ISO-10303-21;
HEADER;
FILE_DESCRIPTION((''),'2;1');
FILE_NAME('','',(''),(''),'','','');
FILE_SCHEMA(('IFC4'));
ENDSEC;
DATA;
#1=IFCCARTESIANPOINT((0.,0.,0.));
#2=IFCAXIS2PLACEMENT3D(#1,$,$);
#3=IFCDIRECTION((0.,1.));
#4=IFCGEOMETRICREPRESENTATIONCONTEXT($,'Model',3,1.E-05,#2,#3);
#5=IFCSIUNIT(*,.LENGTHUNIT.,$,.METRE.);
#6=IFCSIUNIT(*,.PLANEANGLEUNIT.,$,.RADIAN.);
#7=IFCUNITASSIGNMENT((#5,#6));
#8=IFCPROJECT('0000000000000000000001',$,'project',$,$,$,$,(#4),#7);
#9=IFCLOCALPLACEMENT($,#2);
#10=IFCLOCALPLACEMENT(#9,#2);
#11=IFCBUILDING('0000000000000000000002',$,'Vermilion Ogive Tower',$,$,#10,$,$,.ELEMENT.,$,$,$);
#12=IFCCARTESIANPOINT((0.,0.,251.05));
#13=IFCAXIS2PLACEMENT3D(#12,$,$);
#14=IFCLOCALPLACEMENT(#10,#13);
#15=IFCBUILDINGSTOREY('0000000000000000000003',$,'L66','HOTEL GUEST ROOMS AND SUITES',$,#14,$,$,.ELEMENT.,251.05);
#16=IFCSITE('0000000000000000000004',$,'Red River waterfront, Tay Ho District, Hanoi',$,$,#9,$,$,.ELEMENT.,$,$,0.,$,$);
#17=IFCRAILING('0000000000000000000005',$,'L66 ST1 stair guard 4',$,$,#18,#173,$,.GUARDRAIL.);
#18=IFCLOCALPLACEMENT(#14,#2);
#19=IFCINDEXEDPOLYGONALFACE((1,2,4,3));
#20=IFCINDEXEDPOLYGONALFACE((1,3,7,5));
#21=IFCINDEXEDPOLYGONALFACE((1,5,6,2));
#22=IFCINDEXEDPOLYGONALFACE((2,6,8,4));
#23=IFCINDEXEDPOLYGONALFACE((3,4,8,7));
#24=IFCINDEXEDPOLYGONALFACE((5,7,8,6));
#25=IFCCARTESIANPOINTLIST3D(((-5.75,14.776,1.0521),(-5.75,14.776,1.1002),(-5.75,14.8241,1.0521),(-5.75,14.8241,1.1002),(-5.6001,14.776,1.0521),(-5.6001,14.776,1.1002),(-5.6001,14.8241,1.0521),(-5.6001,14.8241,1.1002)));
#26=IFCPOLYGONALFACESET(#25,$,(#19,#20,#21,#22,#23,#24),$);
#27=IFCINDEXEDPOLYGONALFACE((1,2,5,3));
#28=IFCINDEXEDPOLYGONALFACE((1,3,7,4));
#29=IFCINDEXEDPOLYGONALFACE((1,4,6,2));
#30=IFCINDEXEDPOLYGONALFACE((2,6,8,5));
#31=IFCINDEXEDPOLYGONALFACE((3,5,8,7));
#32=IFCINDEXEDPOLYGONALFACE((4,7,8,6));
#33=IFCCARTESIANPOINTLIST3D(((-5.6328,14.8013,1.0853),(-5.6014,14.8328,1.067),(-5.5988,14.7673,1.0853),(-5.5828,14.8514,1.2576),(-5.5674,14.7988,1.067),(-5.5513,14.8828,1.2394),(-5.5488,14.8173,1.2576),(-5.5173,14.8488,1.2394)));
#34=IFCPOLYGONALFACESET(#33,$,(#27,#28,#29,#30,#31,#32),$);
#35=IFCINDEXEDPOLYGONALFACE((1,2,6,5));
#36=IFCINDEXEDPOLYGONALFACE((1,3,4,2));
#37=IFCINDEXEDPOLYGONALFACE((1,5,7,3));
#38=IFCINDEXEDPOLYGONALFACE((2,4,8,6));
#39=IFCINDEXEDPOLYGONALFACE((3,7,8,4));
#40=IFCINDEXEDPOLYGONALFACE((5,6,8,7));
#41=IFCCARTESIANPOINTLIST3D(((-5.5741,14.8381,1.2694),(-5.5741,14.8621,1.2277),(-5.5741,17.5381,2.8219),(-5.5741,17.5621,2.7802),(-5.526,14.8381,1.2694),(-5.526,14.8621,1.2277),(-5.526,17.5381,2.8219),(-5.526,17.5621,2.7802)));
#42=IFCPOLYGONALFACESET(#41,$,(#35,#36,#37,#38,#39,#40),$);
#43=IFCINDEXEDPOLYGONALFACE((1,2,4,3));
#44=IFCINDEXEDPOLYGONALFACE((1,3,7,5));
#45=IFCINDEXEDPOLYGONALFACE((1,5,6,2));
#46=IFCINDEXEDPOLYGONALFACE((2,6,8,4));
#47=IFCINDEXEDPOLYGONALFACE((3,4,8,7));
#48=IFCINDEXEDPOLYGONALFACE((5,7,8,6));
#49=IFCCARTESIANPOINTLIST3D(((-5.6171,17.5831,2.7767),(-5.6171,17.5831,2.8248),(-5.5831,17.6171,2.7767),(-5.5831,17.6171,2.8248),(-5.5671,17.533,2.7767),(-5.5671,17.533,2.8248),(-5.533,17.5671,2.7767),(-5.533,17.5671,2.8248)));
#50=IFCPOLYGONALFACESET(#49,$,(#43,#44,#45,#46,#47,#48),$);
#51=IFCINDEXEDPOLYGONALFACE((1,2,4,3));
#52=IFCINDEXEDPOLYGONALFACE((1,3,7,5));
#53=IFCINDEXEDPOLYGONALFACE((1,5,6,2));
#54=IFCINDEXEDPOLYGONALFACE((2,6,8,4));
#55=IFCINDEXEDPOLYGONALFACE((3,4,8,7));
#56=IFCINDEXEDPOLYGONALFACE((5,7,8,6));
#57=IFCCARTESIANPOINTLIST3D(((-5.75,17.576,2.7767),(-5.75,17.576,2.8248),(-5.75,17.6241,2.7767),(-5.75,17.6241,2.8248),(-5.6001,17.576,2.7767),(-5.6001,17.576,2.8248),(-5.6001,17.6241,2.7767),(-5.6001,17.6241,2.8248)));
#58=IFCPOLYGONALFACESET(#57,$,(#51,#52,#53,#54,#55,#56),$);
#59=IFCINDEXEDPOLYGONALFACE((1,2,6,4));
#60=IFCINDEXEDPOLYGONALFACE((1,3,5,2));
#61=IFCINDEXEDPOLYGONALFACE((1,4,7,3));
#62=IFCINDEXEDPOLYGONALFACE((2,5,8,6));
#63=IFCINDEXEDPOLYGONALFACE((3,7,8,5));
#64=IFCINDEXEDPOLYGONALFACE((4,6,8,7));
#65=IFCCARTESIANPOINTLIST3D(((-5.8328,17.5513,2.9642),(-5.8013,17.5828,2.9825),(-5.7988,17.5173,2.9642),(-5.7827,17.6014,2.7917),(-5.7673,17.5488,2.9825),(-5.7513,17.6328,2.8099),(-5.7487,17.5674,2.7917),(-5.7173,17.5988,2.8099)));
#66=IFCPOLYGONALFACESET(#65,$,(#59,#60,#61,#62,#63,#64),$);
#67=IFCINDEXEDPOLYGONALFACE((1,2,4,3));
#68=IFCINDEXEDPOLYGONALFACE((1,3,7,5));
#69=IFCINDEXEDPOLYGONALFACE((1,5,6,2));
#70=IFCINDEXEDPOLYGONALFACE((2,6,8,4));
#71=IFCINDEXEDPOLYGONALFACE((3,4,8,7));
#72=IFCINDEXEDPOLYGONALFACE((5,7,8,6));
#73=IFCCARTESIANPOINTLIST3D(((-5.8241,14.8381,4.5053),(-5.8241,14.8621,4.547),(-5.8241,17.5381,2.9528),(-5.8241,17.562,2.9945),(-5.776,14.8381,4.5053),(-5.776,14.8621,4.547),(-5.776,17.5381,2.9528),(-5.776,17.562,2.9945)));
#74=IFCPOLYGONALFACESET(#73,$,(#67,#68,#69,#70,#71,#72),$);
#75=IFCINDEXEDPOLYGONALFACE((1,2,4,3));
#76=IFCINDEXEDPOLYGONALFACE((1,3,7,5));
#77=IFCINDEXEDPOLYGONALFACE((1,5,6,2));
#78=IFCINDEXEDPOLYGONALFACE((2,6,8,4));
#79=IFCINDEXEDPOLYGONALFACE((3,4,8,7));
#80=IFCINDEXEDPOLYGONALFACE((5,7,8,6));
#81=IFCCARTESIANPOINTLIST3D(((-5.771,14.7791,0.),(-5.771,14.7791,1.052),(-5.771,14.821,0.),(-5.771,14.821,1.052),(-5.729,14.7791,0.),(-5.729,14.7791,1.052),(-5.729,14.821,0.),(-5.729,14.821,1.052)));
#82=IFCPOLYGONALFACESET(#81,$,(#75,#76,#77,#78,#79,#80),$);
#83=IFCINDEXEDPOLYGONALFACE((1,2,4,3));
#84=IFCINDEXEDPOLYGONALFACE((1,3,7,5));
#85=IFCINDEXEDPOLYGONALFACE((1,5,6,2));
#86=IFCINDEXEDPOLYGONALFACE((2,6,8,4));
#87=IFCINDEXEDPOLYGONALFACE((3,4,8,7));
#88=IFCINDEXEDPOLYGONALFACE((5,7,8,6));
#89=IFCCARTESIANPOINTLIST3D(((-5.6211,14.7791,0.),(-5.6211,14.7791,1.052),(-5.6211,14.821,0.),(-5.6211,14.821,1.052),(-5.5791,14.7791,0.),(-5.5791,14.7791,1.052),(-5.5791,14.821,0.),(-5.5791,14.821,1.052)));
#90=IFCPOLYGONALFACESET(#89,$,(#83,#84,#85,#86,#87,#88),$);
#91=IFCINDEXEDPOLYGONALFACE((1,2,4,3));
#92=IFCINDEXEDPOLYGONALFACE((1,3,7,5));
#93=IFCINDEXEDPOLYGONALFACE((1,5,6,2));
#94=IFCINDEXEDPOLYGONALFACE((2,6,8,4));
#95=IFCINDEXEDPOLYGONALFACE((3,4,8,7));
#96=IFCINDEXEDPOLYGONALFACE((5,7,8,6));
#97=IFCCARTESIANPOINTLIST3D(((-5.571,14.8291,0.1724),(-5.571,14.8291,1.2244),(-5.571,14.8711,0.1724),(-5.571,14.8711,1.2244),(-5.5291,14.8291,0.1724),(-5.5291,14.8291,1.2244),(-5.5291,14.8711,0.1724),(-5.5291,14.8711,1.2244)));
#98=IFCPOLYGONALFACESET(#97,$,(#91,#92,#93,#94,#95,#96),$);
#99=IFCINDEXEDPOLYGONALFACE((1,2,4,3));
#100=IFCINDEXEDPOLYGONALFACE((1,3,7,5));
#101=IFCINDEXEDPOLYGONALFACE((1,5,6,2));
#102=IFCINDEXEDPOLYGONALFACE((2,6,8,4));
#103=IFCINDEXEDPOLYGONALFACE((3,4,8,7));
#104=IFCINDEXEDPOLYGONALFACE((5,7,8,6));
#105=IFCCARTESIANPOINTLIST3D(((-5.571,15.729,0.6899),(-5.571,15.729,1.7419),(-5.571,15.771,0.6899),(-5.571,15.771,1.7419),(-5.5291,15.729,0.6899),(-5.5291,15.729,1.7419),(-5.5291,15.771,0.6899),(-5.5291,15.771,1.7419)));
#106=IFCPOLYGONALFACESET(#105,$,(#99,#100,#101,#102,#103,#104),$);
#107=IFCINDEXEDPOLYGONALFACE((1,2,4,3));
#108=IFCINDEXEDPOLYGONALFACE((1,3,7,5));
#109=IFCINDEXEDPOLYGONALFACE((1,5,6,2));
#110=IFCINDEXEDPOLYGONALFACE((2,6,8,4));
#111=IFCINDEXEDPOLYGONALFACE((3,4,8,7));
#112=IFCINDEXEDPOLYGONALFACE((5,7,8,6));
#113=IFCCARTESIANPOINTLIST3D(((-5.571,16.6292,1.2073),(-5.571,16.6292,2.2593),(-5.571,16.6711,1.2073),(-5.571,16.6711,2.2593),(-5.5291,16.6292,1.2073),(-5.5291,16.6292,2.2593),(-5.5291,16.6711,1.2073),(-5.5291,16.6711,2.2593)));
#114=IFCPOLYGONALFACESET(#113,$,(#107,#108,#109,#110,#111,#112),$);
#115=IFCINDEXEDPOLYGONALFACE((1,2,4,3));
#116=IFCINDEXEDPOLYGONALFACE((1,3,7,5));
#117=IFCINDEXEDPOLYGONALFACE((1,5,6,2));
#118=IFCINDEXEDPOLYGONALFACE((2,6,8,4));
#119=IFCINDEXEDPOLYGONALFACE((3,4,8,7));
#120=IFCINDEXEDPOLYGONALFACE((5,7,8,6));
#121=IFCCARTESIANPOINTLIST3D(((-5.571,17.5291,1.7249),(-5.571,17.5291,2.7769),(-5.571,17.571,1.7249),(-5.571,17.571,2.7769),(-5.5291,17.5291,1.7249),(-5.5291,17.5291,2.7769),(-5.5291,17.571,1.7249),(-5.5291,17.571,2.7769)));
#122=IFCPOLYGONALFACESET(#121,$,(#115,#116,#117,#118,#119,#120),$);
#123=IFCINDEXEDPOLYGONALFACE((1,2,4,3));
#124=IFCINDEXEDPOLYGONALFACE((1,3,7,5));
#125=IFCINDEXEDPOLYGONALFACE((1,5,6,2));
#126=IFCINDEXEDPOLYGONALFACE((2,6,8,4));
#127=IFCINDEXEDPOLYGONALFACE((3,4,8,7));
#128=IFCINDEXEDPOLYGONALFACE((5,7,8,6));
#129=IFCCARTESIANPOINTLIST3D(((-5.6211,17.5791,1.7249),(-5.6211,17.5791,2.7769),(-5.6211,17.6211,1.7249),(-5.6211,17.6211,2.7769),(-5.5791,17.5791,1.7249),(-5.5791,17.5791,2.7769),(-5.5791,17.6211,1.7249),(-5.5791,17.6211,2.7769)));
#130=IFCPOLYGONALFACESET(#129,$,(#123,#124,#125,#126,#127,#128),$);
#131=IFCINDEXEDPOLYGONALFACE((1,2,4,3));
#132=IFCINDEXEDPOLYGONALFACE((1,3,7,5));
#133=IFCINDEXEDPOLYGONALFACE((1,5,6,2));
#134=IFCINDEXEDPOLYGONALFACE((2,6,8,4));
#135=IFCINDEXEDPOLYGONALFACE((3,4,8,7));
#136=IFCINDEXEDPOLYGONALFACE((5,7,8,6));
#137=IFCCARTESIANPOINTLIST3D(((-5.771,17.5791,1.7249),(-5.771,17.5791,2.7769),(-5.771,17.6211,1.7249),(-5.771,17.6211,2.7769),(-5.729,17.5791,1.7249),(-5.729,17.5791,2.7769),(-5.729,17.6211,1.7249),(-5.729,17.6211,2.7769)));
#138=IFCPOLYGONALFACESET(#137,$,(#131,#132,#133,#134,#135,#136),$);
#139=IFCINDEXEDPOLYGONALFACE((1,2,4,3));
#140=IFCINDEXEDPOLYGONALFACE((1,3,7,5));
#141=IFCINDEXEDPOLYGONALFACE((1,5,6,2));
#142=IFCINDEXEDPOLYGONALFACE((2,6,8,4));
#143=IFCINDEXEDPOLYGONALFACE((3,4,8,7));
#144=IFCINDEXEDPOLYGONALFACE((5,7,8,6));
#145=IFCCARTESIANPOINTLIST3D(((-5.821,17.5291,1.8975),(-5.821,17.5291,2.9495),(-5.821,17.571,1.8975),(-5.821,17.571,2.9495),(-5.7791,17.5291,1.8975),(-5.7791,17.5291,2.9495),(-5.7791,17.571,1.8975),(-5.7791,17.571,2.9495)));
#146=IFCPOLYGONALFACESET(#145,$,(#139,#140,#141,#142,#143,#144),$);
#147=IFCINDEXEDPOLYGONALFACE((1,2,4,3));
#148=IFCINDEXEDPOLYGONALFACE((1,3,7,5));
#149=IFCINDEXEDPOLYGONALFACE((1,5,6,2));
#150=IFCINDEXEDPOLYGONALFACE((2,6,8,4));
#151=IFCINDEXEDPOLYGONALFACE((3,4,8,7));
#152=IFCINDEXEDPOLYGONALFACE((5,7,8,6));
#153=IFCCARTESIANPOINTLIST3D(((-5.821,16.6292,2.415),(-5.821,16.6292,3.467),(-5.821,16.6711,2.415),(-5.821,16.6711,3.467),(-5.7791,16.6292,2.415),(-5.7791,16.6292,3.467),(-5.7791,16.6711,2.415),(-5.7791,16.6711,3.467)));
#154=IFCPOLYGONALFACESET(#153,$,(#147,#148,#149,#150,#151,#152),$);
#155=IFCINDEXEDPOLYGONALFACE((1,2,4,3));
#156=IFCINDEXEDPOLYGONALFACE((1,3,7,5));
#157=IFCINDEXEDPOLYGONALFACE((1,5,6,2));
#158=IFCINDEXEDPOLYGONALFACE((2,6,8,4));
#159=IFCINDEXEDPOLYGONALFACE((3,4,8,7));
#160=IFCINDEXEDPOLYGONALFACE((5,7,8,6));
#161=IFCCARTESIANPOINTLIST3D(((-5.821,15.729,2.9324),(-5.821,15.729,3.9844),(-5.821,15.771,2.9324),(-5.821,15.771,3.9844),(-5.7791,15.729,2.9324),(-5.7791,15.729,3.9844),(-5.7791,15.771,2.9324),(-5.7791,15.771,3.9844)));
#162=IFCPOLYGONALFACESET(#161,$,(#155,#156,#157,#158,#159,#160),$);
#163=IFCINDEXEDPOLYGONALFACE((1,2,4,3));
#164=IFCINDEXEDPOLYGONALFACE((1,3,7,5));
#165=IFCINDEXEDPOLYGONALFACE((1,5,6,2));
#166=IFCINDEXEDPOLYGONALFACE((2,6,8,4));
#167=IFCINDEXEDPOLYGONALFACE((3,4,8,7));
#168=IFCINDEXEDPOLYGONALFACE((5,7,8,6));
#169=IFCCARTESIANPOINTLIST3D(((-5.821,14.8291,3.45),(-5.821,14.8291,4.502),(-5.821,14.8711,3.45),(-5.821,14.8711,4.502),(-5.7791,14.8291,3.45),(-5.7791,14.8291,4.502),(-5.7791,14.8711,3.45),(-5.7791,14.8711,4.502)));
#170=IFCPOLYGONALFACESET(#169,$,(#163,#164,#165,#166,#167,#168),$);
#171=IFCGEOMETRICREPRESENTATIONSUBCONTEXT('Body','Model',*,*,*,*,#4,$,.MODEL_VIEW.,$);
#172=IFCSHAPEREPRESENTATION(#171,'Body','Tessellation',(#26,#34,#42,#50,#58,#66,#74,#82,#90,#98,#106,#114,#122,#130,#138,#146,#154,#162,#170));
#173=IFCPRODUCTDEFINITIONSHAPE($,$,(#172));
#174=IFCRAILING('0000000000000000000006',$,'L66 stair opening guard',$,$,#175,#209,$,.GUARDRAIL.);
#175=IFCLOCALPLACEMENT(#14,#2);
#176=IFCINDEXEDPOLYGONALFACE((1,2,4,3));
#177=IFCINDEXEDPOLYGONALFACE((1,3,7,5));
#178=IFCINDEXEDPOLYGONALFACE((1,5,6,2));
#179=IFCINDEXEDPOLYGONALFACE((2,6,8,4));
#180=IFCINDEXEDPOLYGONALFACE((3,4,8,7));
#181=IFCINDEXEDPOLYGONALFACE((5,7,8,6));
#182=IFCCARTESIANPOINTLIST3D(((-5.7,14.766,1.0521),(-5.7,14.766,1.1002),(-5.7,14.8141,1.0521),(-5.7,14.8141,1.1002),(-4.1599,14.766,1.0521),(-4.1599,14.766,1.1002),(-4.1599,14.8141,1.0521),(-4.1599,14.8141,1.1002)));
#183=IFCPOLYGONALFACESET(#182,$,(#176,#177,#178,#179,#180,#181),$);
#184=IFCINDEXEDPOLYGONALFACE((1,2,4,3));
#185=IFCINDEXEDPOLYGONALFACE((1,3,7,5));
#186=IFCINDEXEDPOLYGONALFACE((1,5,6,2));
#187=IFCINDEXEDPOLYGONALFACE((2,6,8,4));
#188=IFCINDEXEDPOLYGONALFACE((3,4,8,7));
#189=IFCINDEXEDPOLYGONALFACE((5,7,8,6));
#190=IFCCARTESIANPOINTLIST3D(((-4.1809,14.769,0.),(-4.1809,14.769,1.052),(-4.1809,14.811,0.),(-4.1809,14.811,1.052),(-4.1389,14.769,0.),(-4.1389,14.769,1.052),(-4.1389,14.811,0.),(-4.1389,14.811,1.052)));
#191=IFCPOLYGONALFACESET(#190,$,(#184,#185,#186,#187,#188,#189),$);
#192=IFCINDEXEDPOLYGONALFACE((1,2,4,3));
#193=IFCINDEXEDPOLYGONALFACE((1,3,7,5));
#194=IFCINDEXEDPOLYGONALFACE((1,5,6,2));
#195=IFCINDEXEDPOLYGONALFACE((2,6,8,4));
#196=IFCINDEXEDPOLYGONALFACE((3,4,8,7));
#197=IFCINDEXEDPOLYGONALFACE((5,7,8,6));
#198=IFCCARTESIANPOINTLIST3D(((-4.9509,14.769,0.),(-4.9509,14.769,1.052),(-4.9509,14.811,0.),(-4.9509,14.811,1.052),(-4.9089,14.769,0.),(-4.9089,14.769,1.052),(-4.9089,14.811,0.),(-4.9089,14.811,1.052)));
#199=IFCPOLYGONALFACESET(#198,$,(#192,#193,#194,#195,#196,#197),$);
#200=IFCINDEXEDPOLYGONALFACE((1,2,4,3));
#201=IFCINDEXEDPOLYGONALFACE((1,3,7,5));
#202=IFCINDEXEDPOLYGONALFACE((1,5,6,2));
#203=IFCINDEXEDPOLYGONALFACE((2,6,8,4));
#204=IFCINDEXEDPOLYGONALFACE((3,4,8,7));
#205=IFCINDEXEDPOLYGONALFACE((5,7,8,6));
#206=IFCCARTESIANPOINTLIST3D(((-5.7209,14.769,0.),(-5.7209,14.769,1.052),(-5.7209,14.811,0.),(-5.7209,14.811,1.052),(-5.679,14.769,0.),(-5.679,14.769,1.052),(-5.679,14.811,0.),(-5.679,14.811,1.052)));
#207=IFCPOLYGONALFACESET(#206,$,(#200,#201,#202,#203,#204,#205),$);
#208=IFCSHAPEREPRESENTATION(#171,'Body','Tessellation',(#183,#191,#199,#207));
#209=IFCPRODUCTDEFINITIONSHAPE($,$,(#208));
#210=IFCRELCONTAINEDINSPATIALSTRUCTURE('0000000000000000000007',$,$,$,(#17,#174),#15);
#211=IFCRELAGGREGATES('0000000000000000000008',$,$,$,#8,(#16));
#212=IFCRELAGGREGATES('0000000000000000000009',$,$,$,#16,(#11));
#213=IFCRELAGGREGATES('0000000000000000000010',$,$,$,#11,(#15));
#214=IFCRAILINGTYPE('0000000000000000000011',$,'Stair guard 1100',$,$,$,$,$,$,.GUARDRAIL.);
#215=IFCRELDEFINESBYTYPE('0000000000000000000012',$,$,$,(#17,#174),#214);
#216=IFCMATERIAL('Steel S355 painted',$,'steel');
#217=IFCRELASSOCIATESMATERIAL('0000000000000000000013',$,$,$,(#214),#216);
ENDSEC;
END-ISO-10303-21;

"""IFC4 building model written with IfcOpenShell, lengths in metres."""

from ifc_helpers import new_model, si_unit, direction, frame, origin, origin_2d, place, context, subcontext, project, spatial, rectangle, extrude, material, type_object, element, save


model = new_model("IFC4")

# Units and contexts
model_context = context("Model", 3, precision=1e-05, world=origin(), true_north=direction((0.0, 1.0)))
body_context = subcontext(model_context, "Body", "Model", "MODEL_VIEW")
ifc_project = project(units=[si_unit("LENGTHUNIT", "METRE"), si_unit("PLANEANGLEUNIT", "RADIAN")], contexts=[model_context])

# Site, building, storey
site_placement = place(None, origin())
site = spatial("IfcSite", under=ifc_project, at=site_placement, Name="Red River waterfront, Tay Ho District, Hanoi", CompositionType="ELEMENT", RefElevation=0.0)
building_placement = place(site_placement, origin())
building = spatial("IfcBuilding", under=site, at=building_placement, Name="Vermilion Ogive Tower", CompositionType="ELEMENT")
storey_placement = place(building_placement, frame((0.0, 0.0, 251.05)))
storey = spatial("IfcBuildingStorey", under=building, at=storey_placement, Name="L66", Description="HOTEL GUEST ROOMS AND SUITES", CompositionType="ELEMENT", Elevation=251.05)

# Railings
ifc_material_1 = material(Name="Steel S355 painted", Category="steel")
railing_type_1 = type_object("IfcRailingType", Name="Stair guard 1100", PredefinedType="GUARDRAIL", material=ifc_material_1)
railing_1_placement = place(storey_placement, frame((-5.75, 14.8, 0.0)))
element("IfcRailing", 1, at=railing_1_placement, inside=storey, type_object=railing_type_1, Name="L66 ST1 stair guard 4", PredefinedType="GUARDRAIL", context=body_context, shape_type="SweptSolid", body=[
    extrude(rectangle(XDim=0.0481, YDim=0.0481, at=origin_2d()), frame((0.0, 0.0, 1.0762), z_axis=(1.0, 0.0, 0.0), x_axis=(0.0, 1.0, 0.0)), (0.0, 0.0, 1.0), 0.1499),
    extrude(rectangle(XDim=0.0481, YDim=0.0481, at=origin_2d()), frame((0.1499, 0.0, 1.0762), z_axis=(0.268603, 0.268603, 0.925043), x_axis=(-0.707107, 0.707107, 0.0)), (0.0, 0.0, 1.0), 0.1863),
    extrude(rectangle(XDim=0.0481, YDim=0.0481, at=origin_2d()), frame((0.2, 0.05, 1.2485), z_axis=(0.0, 0.866904, 0.498476), x_axis=(-1.0, 0.0, 0.0)), (0.0, 0.0, 1.0), 3.1145),
    extrude(rectangle(XDim=0.0481, YDim=0.0481, at=origin_2d()), frame((0.2, 2.75, 2.8008), z_axis=(-0.707107, 0.707107, 0.0), x_axis=(-0.707107, -0.707107, 0.0)), (0.0, 0.0, 1.0), 0.0708),
    extrude(rectangle(XDim=0.0481, YDim=0.0481, at=origin_2d()), frame((0.1499, 2.8, 2.8008), z_axis=(-1.0, 0.0, 0.0), x_axis=(0.0, -1.0, 0.0)), (0.0, 0.0, 1.0), 0.1499),
    extrude(rectangle(XDim=0.0481, YDim=0.0481, at=origin_2d()), frame((0.0, 2.8, 2.8008), z_axis=(-0.268278, -0.268278, 0.925232), x_axis=(0.707107, -0.707107, 0.0)), (0.0, 0.0, 1.0), 0.1865),
    extrude(rectangle(XDim=0.0481, YDim=0.0481, at=origin_2d()), frame((-0.05, 2.75, 2.9736), z_axis=(0.0, -0.866904, 0.498476), x_axis=(1.0, 0.0, 0.0)), (0.0, 0.0, 1.0), 3.1145),
    extrude(rectangle(XDim=0.042, YDim=0.042, at=origin_2d()), origin(), (0.0, 0.0, 1.0), 1.052),
    extrude(rectangle(XDim=0.042, YDim=0.042, at=origin_2d()), frame((0.1499, 0.0, 0.0)), (0.0, 0.0, 1.0), 1.052),
    extrude(rectangle(XDim=0.042, YDim=0.042, at=origin_2d()), frame((0.2, 0.05, 0.1724)), (0.0, 0.0, 1.0), 1.052),
    extrude(rectangle(XDim=0.042, YDim=0.042, at=origin_2d()), frame((0.2, 0.95, 0.6899)), (0.0, 0.0, 1.0), 1.052),
    extrude(rectangle(XDim=0.042, YDim=0.042, at=origin_2d()), frame((0.2, 1.8501, 1.2073)), (0.0, 0.0, 1.0), 1.052),
    extrude(rectangle(XDim=0.042, YDim=0.042, at=origin_2d()), frame((0.2, 2.75, 1.7249)), (0.0, 0.0, 1.0), 1.052),
    extrude(rectangle(XDim=0.042, YDim=0.042, at=origin_2d()), frame((0.1499, 2.8, 1.7249)), (0.0, 0.0, 1.0), 1.052),
    extrude(rectangle(XDim=0.042, YDim=0.042, at=origin_2d()), frame((0.0, 2.8, 1.7249)), (0.0, 0.0, 1.0), 1.052),
    extrude(rectangle(XDim=0.042, YDim=0.042, at=origin_2d()), frame((-0.05, 2.75, 1.8975)), (0.0, 0.0, 1.0), 1.052),
    extrude(rectangle(XDim=0.042, YDim=0.042, at=origin_2d()), frame((-0.05, 1.8501, 2.415)), (0.0, 0.0, 1.0), 1.052),
    extrude(rectangle(XDim=0.042, YDim=0.042, at=origin_2d()), frame((-0.05, 0.95, 2.9324)), (0.0, 0.0, 1.0), 1.052),
    extrude(rectangle(XDim=0.042, YDim=0.042, at=origin_2d()), frame((-0.05, 0.05, 3.45)), (0.0, 0.0, 1.0), 1.052),
])
railing_2_placement = place(storey_placement, frame((-4.1599, 14.79, 0.0)))
element("IfcRailing", 2, at=railing_2_placement, inside=storey, type_object=railing_type_1, Name="L66 stair opening guard", PredefinedType="GUARDRAIL", context=body_context, shape_type="SweptSolid", body=[
    extrude(rectangle(XDim=0.0481, YDim=0.0481, at=origin_2d()), frame((0.0, 0.0, 1.0762), z_axis=(-1.0, 0.0, 0.0), x_axis=(0.0, -1.0, 0.0)), (0.0, 0.0, 1.0), 1.54),
    extrude(rectangle(XDim=0.042, YDim=0.042, at=origin_2d()), origin(), (0.0, 0.0, 1.0), 1.052),
    extrude(rectangle(XDim=0.042, YDim=0.042, at=origin_2d()), frame((-0.77, 0.0, 0.0)), (0.0, 0.0, 1.0), 1.052),
    extrude(rectangle(XDim=0.042, YDim=0.042, at=origin_2d()), frame((-1.54, 0.0, 0.0)), (0.0, 0.0, 1.0), 1.052),
])

save(model, "model.ifc")
